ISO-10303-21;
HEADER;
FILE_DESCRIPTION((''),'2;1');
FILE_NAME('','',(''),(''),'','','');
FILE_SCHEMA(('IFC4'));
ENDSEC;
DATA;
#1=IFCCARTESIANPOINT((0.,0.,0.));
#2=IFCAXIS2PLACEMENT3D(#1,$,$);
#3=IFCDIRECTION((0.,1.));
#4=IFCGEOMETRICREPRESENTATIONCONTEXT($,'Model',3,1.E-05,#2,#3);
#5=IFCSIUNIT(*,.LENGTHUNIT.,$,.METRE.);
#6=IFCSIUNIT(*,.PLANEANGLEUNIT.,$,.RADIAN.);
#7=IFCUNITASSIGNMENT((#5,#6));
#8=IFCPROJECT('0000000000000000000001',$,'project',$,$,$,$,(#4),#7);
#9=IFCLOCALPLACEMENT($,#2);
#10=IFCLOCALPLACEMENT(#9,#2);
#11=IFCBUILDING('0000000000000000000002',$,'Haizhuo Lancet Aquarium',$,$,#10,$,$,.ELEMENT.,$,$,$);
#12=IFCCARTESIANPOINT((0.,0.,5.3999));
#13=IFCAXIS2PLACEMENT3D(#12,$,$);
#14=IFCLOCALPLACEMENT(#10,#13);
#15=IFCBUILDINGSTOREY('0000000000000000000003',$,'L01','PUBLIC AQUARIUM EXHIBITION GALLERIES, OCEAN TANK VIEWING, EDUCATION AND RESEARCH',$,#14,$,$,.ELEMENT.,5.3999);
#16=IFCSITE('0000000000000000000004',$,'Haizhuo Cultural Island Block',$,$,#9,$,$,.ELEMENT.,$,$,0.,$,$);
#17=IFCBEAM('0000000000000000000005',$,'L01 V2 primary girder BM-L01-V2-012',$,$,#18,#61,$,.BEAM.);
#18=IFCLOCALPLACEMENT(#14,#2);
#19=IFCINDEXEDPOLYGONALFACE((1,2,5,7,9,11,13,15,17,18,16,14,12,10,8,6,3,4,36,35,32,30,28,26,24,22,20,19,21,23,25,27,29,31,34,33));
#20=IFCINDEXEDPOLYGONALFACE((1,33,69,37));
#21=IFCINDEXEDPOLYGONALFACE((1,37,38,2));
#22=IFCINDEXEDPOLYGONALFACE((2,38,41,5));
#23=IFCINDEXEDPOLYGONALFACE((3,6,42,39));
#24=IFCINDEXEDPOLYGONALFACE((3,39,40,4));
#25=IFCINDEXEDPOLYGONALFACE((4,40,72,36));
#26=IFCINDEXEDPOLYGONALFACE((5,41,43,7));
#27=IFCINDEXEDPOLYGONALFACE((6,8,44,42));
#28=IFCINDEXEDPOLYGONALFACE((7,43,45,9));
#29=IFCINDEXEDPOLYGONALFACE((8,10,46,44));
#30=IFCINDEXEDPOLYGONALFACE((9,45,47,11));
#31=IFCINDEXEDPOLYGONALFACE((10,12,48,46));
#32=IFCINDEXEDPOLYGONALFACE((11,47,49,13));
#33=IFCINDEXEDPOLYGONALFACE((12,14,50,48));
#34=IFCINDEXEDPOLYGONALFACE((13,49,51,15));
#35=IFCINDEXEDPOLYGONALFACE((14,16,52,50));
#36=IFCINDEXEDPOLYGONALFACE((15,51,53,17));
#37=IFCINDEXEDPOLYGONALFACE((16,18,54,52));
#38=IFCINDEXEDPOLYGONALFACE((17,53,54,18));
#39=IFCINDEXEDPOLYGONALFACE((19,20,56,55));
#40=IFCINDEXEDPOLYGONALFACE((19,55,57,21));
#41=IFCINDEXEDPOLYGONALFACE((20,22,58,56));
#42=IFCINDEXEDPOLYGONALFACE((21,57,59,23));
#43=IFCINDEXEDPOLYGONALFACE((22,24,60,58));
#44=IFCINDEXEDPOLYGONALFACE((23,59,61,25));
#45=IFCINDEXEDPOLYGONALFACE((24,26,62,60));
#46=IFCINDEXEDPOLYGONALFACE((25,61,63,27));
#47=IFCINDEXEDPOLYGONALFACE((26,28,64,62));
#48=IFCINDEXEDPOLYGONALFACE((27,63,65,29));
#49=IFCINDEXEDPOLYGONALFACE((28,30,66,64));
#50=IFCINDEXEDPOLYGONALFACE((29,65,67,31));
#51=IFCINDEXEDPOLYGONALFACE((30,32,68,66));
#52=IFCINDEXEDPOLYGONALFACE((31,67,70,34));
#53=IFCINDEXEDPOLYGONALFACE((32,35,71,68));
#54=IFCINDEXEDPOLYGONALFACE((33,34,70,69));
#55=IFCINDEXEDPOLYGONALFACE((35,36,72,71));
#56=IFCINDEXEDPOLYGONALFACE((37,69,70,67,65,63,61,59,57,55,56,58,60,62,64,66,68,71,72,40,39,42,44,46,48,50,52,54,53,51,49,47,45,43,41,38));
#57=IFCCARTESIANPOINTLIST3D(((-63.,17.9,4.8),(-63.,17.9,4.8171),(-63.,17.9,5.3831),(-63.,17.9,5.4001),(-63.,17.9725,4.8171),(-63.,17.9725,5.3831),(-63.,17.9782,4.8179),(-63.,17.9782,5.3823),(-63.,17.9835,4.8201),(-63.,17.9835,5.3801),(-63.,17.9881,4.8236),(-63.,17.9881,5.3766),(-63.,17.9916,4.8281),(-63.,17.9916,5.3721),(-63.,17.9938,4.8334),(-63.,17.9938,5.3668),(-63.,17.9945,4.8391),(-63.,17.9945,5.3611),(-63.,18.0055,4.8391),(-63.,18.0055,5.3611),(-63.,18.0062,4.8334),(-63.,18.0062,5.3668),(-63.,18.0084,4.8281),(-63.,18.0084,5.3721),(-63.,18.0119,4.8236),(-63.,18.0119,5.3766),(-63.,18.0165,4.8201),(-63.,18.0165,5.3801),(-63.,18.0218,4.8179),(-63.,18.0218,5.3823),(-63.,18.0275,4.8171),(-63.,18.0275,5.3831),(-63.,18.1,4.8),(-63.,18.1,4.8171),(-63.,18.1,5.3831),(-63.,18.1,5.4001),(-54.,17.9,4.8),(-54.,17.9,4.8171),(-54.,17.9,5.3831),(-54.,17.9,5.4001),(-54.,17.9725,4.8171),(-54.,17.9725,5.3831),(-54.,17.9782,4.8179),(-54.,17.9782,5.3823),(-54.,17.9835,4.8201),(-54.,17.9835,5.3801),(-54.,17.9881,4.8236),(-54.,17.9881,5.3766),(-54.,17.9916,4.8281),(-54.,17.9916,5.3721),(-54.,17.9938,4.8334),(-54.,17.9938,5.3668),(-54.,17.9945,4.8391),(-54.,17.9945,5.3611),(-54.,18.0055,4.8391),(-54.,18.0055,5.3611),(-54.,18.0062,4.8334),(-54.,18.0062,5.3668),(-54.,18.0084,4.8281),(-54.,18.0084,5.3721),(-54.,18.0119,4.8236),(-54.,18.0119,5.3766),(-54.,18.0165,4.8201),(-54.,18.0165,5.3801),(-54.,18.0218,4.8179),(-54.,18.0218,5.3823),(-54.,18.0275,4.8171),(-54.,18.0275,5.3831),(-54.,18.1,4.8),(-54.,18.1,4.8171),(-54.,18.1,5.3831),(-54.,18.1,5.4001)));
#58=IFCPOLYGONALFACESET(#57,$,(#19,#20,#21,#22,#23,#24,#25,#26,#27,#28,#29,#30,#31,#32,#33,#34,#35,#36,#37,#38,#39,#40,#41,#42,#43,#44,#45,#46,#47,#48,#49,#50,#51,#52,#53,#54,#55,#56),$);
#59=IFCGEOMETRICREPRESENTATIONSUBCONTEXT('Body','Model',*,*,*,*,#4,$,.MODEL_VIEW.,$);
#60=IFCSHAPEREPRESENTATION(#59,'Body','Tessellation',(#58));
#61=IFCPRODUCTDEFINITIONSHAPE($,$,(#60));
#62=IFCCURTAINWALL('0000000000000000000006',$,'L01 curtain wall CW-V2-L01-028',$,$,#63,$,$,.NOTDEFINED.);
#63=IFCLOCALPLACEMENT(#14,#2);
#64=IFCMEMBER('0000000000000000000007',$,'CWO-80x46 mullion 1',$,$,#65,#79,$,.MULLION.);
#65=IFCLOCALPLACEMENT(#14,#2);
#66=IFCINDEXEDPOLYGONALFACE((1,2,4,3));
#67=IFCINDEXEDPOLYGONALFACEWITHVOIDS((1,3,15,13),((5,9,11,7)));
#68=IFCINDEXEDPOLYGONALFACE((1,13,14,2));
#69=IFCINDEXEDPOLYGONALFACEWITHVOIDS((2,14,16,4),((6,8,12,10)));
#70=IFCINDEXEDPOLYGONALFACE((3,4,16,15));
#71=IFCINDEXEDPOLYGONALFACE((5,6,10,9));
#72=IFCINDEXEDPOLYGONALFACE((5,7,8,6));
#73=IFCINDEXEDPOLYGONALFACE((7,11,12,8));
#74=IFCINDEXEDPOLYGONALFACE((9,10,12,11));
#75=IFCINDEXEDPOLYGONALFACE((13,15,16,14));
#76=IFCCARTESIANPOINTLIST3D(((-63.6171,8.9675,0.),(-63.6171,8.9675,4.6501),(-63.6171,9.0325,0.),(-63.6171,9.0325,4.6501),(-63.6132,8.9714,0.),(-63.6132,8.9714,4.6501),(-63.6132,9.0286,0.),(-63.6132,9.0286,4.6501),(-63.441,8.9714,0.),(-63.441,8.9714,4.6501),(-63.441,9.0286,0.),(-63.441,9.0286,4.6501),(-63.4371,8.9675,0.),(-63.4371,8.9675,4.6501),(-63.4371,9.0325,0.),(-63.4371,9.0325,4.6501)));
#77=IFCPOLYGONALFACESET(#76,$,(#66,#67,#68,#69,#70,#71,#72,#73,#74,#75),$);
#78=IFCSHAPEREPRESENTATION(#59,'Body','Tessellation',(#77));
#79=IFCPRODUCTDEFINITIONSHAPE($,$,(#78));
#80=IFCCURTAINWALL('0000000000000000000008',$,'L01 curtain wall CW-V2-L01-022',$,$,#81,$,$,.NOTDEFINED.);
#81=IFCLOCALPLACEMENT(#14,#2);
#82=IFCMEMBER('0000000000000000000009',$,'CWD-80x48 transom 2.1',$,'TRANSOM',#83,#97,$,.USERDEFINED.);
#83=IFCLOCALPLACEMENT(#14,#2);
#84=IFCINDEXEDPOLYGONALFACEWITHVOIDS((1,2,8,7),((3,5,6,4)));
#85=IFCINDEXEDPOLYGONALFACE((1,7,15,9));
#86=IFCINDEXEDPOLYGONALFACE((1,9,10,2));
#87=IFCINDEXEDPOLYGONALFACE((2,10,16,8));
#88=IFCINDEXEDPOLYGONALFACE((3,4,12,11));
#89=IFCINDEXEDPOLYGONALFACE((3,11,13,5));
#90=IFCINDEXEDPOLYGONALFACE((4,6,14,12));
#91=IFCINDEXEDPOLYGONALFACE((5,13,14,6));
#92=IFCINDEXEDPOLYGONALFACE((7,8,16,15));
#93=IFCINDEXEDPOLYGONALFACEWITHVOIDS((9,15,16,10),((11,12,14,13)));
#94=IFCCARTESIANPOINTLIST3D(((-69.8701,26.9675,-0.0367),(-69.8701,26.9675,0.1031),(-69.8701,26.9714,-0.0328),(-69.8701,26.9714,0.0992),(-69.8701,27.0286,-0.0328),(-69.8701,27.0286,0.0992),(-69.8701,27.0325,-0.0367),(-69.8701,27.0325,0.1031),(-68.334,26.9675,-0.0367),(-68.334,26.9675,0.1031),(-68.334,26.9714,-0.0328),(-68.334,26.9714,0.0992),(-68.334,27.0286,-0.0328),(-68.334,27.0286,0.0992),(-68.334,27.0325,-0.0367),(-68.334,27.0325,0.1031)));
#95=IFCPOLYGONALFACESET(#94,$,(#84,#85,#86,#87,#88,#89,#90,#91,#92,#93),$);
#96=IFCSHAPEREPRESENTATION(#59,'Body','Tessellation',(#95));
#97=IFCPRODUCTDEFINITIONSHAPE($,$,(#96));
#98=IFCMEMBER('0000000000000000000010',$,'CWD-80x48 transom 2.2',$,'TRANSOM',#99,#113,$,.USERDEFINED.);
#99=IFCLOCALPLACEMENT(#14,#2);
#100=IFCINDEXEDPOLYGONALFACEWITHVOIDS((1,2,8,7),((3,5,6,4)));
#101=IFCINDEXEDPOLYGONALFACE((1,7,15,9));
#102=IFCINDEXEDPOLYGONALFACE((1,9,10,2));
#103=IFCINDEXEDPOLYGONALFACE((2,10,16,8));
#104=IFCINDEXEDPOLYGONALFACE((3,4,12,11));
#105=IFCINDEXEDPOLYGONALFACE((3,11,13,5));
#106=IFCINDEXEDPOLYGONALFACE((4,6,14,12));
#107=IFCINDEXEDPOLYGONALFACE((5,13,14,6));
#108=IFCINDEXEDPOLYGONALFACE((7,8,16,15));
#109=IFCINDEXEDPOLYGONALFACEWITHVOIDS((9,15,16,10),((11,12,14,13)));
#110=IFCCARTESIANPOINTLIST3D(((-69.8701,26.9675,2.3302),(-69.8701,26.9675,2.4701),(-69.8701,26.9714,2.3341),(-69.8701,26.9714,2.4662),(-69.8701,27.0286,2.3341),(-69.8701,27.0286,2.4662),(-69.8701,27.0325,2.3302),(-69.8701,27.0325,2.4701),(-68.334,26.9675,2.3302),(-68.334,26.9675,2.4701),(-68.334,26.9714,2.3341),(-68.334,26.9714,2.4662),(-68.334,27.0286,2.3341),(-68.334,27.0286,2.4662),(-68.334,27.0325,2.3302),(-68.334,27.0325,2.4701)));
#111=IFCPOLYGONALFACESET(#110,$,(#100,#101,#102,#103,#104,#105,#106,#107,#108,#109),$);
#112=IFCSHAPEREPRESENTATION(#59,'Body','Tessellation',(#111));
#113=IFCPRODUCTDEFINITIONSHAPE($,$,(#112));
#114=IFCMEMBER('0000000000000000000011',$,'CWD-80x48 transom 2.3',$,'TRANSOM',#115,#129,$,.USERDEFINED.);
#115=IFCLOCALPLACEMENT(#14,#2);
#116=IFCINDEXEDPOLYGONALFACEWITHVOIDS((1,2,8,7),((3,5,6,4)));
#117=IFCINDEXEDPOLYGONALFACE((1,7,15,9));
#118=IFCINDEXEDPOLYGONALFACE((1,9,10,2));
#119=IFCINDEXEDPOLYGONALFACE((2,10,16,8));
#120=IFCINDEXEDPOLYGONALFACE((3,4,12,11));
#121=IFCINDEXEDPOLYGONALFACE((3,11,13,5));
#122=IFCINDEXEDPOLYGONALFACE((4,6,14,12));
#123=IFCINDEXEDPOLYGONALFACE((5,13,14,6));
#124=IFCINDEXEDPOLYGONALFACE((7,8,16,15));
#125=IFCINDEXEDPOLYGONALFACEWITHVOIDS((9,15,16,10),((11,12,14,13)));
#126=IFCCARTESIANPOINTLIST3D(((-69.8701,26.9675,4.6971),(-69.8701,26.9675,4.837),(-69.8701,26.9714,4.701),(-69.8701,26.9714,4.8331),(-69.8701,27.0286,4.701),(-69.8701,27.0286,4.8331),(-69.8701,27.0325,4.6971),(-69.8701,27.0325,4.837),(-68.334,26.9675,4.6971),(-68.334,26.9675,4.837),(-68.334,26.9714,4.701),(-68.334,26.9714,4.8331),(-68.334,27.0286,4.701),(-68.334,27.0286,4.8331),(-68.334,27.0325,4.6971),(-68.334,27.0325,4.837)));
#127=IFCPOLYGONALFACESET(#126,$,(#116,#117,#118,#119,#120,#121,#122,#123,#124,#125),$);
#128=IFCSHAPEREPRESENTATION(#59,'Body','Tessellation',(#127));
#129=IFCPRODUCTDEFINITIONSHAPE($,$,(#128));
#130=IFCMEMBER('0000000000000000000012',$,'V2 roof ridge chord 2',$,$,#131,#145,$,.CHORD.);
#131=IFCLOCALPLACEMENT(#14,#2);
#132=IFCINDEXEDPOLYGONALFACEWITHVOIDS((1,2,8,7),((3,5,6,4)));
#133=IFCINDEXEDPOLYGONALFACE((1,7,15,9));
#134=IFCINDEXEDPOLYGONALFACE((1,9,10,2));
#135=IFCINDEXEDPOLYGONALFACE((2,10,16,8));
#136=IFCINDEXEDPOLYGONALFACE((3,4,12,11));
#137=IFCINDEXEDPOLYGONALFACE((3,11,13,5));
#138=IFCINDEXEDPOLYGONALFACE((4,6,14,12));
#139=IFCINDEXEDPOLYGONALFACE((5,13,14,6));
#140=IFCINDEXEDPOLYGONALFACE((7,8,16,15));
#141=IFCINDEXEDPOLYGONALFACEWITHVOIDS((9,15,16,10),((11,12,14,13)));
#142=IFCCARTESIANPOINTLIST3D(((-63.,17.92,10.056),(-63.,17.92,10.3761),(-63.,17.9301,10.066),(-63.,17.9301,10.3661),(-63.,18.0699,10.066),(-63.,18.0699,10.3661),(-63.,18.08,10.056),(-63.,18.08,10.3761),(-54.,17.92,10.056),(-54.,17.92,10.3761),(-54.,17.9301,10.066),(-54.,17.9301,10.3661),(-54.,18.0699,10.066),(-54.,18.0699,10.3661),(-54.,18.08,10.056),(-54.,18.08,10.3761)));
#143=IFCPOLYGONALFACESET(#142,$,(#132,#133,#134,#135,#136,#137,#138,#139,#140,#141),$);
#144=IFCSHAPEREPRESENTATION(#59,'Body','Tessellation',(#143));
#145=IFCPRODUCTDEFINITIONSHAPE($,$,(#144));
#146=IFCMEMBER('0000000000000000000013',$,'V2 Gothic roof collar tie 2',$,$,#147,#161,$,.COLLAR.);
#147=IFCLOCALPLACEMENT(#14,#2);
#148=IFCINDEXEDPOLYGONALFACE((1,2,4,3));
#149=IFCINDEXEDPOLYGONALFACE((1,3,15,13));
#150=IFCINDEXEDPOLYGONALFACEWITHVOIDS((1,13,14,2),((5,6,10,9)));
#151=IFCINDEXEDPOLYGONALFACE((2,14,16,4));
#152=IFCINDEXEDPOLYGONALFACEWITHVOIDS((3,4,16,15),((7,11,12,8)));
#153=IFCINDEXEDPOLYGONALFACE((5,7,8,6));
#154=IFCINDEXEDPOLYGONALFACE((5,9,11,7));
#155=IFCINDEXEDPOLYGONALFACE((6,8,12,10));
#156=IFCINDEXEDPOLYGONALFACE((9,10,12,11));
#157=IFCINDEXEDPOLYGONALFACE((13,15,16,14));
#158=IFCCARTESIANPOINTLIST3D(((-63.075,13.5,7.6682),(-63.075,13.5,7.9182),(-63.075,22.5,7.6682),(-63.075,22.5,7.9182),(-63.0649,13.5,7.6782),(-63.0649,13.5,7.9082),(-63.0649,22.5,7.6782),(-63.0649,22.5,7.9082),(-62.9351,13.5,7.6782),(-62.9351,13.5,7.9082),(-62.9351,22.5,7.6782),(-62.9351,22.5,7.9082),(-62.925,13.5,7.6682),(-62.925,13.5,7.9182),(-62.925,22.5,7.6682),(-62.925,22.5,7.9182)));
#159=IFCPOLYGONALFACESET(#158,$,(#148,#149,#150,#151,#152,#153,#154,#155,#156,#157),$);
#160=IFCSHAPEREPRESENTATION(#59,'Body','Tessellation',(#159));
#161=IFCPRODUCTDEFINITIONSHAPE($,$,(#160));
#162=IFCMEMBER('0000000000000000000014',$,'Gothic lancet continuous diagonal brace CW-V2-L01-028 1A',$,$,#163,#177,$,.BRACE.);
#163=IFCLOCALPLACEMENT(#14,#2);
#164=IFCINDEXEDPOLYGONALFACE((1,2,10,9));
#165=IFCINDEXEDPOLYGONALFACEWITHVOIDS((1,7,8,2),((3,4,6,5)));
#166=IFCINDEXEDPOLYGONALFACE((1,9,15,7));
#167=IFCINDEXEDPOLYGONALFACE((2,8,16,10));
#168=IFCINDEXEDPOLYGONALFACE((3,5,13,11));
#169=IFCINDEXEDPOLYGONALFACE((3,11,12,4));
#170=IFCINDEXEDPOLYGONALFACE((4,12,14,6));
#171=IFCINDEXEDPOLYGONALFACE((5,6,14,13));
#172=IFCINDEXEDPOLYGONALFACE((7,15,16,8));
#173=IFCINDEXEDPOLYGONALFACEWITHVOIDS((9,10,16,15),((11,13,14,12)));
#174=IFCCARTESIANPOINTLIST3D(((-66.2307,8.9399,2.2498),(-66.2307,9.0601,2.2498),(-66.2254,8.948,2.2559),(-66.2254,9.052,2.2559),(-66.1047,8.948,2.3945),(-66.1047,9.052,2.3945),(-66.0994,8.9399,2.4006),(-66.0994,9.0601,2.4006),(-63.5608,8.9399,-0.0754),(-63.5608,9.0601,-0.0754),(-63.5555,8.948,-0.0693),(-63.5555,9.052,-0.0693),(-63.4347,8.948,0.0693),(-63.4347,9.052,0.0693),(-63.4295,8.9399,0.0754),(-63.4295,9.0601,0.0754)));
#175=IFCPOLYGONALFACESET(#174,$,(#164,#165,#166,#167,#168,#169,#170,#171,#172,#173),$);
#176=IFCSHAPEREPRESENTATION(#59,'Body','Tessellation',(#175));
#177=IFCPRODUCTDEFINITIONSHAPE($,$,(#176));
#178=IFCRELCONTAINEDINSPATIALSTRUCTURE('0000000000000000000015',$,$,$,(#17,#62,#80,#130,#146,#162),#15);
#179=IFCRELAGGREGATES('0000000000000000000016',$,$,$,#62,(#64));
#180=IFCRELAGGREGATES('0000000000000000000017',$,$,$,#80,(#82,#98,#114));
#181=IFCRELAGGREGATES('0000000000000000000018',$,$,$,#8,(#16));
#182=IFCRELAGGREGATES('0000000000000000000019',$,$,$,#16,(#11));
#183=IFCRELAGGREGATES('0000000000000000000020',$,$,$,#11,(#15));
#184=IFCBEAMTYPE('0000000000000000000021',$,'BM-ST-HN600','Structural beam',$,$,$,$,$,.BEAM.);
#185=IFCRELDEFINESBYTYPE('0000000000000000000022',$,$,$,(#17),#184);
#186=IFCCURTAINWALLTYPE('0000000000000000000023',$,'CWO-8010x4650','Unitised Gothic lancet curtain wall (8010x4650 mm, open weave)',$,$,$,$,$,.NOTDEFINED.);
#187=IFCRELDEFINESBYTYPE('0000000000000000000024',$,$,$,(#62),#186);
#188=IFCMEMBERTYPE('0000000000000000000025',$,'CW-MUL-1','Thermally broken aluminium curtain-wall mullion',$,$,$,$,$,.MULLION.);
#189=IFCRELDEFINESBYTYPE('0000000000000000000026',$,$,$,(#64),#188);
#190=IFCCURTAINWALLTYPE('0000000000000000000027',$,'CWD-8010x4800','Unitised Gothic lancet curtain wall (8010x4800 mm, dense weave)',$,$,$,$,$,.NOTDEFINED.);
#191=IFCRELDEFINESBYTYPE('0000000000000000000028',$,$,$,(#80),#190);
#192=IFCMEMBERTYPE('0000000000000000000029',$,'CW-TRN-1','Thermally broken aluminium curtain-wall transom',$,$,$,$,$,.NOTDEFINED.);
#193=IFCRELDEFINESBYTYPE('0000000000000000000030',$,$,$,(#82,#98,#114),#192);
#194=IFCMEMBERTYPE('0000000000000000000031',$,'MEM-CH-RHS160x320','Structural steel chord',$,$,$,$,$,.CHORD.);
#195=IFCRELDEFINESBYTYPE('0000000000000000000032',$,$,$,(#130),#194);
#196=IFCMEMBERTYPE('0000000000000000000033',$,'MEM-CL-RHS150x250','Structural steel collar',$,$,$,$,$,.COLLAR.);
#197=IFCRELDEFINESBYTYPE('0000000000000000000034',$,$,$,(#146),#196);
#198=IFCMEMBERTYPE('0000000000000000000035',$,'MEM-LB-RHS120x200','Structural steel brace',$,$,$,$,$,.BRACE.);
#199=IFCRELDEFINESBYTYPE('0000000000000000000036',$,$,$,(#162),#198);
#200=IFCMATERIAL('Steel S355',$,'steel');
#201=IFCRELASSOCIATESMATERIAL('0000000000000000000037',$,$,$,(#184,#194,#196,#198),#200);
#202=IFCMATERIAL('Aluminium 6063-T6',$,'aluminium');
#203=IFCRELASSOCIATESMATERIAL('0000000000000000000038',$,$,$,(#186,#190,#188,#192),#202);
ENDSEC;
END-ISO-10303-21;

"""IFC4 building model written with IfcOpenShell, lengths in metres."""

from ifc_helpers import new_model, si_unit, direction, frame, origin, origin_2d, place, context, subcontext, project, spatial, hollow_rectangle, i_section, extrude, material, material_profile, profile_set, type_object, element, aggregate, save


model = new_model("IFC4")

# Units and contexts
model_context = context("Model", 3, precision=1e-05, world=origin(), true_north=direction((0.0, 1.0)))
body_context = subcontext(model_context, "Body", "Model", "MODEL_VIEW")
ifc_project = project(units=[si_unit("LENGTHUNIT", "METRE"), si_unit("PLANEANGLEUNIT", "RADIAN")], contexts=[model_context])

# Site, building, storey
site_placement = place(None, origin())
site = spatial("IfcSite", under=ifc_project, at=site_placement, Name="Haizhuo Cultural Island Block", CompositionType="ELEMENT", RefElevation=0.0)
building_placement = place(site_placement, origin())
building = spatial("IfcBuilding", under=site, at=building_placement, Name="Haizhuo Lancet Aquarium", CompositionType="ELEMENT")
storey_placement = place(building_placement, frame((0.0, 0.0, 5.3999)))
storey = spatial("IfcBuildingStorey", under=building, at=storey_placement, Name="L01", Description="PUBLIC AQUARIUM EXHIBITION GALLERIES, OCEAN TANK VIEWING, EDUCATION AND RESEARCH", CompositionType="ELEMENT", Elevation=5.3999)

# Beam
ifc_material_1 = material(Name="Steel S355", Category="steel")
ifc_material_profile_1 = material_profile(ifc_material_1, i_section(OverallWidth=0.2, OverallDepth=0.6001, WebThickness=0.011, FlangeThickness=0.0171, FilletRadius=0.022, at=origin_2d()), Name="HN 600x200x11x17")
ifc_profile_set_1 = profile_set([ifc_material_profile_1], Name="Steel S355")
beam_type = type_object("IfcBeamType", Name="BM-ST-HN600", Description="Structural beam", PredefinedType="BEAM", material=ifc_profile_set_1)
for number, where, z_axis, x_axis, name in (
    (1, (-63.0, 18.0, 5.1001), (1.0, 0.0, 0.0), (0.0, 1.0, 0.0), "L01 V2 primary girder BM-L01-V2-012"),
):
    element("IfcBeam", number, at=place(storey_placement, frame(where, z_axis=z_axis, x_axis=x_axis)), inside=storey, type_object=beam_type, Name=name, PredefinedType="BEAM", context=body_context, shape_type="SweptSolid", body=[
        extrude(i_section(OverallWidth=0.2, OverallDepth=0.6001, WebThickness=0.011, FlangeThickness=0.0171, FilletRadius=0.022, at=origin_2d()), origin(), (0.0, 0.0, 1.0), 9.0),
    ])

# Curtain wall, member
ifc_material_2 = material(Name="Aluminium 6063-T6", Category="aluminium")
curtain_wall_type_1 = type_object("IfcCurtainWallType", Name="CWO-8010x4650", Description="Unitised Gothic lancet curtain wall (8010x4650 mm, open weave)", PredefinedType="NOTDEFINED", material=ifc_material_2)
curtain_wall_1_placement = place(storey_placement, origin())
curtain_wall_1 = element("IfcCurtainWall", 2, at=curtain_wall_1_placement, inside=storey, type_object=curtain_wall_type_1, Name="L01 curtain wall CW-V2-L01-028", PredefinedType="NOTDEFINED")
ifc_material_profile_2 = material_profile(ifc_material_2, hollow_rectangle(XDim=0.0649, YDim=0.1799, WallThickness=0.0039, at=origin_2d()), Name="ALU-M 65x180x4")
ifc_profile_set_2 = profile_set([ifc_material_profile_2], Name="Aluminium 6063-T6")
member_type_1 = type_object("IfcMemberType", Name="CW-MUL-1", Description="Thermally broken aluminium curtain-wall mullion", PredefinedType="MULLION", material=ifc_profile_set_2)
member_1_placement = place(storey_placement, frame((-63.5271, 9.0, 0.0), z_axis=(0.0, 0.0, 1.0), x_axis=(0.0, -1.0, 0.0)))
member_1 = element("IfcMember", 3, at=member_1_placement, type_object=member_type_1, Name="CWO-80x46 mullion 1", PredefinedType="MULLION", context=body_context, shape_type="SweptSolid", body=[
    extrude(hollow_rectangle(XDim=0.0649, YDim=0.1799, WallThickness=0.0039, at=origin_2d()), origin(), (0.0, 0.0, 1.0), 4.6501),
])
aggregate(curtain_wall_1, [member_1])

# Curtain wall, members
curtain_wall_type_2 = type_object("IfcCurtainWallType", Name="CWD-8010x4800", Description="Unitised Gothic lancet curtain wall (8010x4800 mm, dense weave)", PredefinedType="NOTDEFINED", material=ifc_material_2)
curtain_wall_2_placement = place(storey_placement, origin())
curtain_wall_2 = element("IfcCurtainWall", 4, at=curtain_wall_2_placement, inside=storey, type_object=curtain_wall_type_2, Name="L01 curtain wall CW-V2-L01-022", PredefinedType="NOTDEFINED")
ifc_material_profile_3 = material_profile(ifc_material_2, hollow_rectangle(XDim=0.0649, YDim=0.1399, WallThickness=0.0039, at=origin_2d()), Name="ALU-T 65x140x4")
ifc_profile_set_3 = profile_set([ifc_material_profile_3], Name="Aluminium 6063-T6")
member_type_2 = type_object("IfcMemberType", Name="CW-TRN-1", Description="Thermally broken aluminium curtain-wall transom", PredefinedType="NOTDEFINED", material=ifc_profile_set_3)
member_2_placement = place(storey_placement, frame((-69.8701, 27.0, 0.0332), z_axis=(1.0, 0.0, 0.0), x_axis=(0.0, 1.0, 0.0)))
member_2 = element("IfcMember", 5, at=member_2_placement, type_object=member_type_2, Name="CWD-80x48 transom 2.1", ObjectType="TRANSOM", PredefinedType="USERDEFINED", context=body_context, shape_type="SweptSolid", body=[
    extrude(hollow_rectangle(XDim=0.0649, YDim=0.1399, WallThickness=0.0039, at=origin_2d()), origin(), (0.0, 0.0, 1.0), 1.5361),
])
member_3_placement = place(storey_placement, frame((-69.8701, 27.0, 2.4001), z_axis=(1.0, 0.0, 0.0), x_axis=(0.0, 1.0, 0.0)))
member_3 = element("IfcMember", 6, at=member_3_placement, type_object=member_type_2, Name="CWD-80x48 transom 2.2", ObjectType="TRANSOM", PredefinedType="USERDEFINED", context=body_context, shape_type="SweptSolid", body=[
    extrude(hollow_rectangle(XDim=0.0649, YDim=0.1399, WallThickness=0.0039, at=origin_2d()), origin(), (0.0, 0.0, 1.0), 1.5361),
])
member_4_placement = place(storey_placement, frame((-69.8701, 27.0, 4.7671), z_axis=(1.0, 0.0, 0.0), x_axis=(0.0, 1.0, 0.0)))
member_4 = element("IfcMember", 7, at=member_4_placement, type_object=member_type_2, Name="CWD-80x48 transom 2.3", ObjectType="TRANSOM", PredefinedType="USERDEFINED", context=body_context, shape_type="SweptSolid", body=[
    extrude(hollow_rectangle(XDim=0.0649, YDim=0.1399, WallThickness=0.0039, at=origin_2d()), origin(), (0.0, 0.0, 1.0), 1.5361),
])

# Members
ifc_material_profile_4 = material_profile(ifc_material_1, hollow_rectangle(XDim=0.1599, YDim=0.3201, WallThickness=0.01, at=origin_2d()), Name="RHS 160x320x10")
ifc_profile_set_4 = profile_set([ifc_material_profile_4], Name="Steel S355")
member_type_3 = type_object("IfcMemberType", Name="MEM-CH-RHS160x320", Description="Structural steel chord", PredefinedType="CHORD", material=ifc_profile_set_4)
member_5_placement = place(storey_placement, frame((-63.0, 18.0, 10.2161), z_axis=(1.0, 0.0, 0.0), x_axis=(0.0, 1.0, 0.0)))
element("IfcMember", 8, at=member_5_placement, inside=storey, type_object=member_type_3, Name="V2 roof ridge chord 2", PredefinedType="CHORD", context=body_context, shape_type="SweptSolid", body=[
    extrude(hollow_rectangle(XDim=0.1599, YDim=0.3201, WallThickness=0.01, at=origin_2d()), origin(), (0.0, 0.0, 1.0), 9.0),
])
ifc_material_profile_5 = material_profile(ifc_material_1, hollow_rectangle(XDim=0.1499, YDim=0.25, WallThickness=0.01, at=origin_2d()), Name="RHS 150x250x10")
ifc_profile_set_5 = profile_set([ifc_material_profile_5], Name="Steel S355")
member_type_4 = type_object("IfcMemberType", Name="MEM-CL-RHS150x250", Description="Structural steel collar", PredefinedType="COLLAR", material=ifc_profile_set_5)
member_6_placement = place(storey_placement, frame((-63.0, 13.5, 7.7932), z_axis=(0.0, 1.0, 0.0), x_axis=(-1.0, 0.0, 0.0)))
element("IfcMember", 9, at=member_6_placement, inside=storey, type_object=member_type_4, Name="V2 Gothic roof collar tie 2", PredefinedType="COLLAR", context=body_context, shape_type="SweptSolid", body=[
    extrude(hollow_rectangle(XDim=0.1499, YDim=0.25, WallThickness=0.01, at=origin_2d()), origin(), (0.0, 0.0, 1.0), 9.0),
])
ifc_material_profile_6 = material_profile(ifc_material_1, hollow_rectangle(XDim=0.1201, YDim=0.2, WallThickness=0.0081, at=origin_2d()), Name="RHS 120x200x8")
ifc_profile_set_6 = profile_set([ifc_material_profile_6], Name="Steel S355")
member_type_5 = type_object("IfcMemberType", Name="MEM-LB-RHS120x200", Description="Structural steel brace", PredefinedType="BRACE", material=ifc_profile_set_6)
member_7_placement = place(storey_placement, frame((-63.4951, 9.0, 0.0), z_axis=(-0.754112, 0.0, 0.656745), x_axis=(0.0, -1.0, 0.0)))
element("IfcMember", 10, at=member_7_placement, inside=storey, type_object=member_type_5, Name="Gothic lancet continuous diagonal brace CW-V2-L01-028 1A", PredefinedType="BRACE", context=body_context, shape_type="SweptSolid", body=[
    extrude(hollow_rectangle(XDim=0.1201, YDim=0.2, WallThickness=0.0081, at=origin_2d()), origin(), (0.0, 0.0, 1.0), 3.5405),
])

aggregate(curtain_wall_2, [member_2, member_3, member_4])

save(model, "model.ifc")
